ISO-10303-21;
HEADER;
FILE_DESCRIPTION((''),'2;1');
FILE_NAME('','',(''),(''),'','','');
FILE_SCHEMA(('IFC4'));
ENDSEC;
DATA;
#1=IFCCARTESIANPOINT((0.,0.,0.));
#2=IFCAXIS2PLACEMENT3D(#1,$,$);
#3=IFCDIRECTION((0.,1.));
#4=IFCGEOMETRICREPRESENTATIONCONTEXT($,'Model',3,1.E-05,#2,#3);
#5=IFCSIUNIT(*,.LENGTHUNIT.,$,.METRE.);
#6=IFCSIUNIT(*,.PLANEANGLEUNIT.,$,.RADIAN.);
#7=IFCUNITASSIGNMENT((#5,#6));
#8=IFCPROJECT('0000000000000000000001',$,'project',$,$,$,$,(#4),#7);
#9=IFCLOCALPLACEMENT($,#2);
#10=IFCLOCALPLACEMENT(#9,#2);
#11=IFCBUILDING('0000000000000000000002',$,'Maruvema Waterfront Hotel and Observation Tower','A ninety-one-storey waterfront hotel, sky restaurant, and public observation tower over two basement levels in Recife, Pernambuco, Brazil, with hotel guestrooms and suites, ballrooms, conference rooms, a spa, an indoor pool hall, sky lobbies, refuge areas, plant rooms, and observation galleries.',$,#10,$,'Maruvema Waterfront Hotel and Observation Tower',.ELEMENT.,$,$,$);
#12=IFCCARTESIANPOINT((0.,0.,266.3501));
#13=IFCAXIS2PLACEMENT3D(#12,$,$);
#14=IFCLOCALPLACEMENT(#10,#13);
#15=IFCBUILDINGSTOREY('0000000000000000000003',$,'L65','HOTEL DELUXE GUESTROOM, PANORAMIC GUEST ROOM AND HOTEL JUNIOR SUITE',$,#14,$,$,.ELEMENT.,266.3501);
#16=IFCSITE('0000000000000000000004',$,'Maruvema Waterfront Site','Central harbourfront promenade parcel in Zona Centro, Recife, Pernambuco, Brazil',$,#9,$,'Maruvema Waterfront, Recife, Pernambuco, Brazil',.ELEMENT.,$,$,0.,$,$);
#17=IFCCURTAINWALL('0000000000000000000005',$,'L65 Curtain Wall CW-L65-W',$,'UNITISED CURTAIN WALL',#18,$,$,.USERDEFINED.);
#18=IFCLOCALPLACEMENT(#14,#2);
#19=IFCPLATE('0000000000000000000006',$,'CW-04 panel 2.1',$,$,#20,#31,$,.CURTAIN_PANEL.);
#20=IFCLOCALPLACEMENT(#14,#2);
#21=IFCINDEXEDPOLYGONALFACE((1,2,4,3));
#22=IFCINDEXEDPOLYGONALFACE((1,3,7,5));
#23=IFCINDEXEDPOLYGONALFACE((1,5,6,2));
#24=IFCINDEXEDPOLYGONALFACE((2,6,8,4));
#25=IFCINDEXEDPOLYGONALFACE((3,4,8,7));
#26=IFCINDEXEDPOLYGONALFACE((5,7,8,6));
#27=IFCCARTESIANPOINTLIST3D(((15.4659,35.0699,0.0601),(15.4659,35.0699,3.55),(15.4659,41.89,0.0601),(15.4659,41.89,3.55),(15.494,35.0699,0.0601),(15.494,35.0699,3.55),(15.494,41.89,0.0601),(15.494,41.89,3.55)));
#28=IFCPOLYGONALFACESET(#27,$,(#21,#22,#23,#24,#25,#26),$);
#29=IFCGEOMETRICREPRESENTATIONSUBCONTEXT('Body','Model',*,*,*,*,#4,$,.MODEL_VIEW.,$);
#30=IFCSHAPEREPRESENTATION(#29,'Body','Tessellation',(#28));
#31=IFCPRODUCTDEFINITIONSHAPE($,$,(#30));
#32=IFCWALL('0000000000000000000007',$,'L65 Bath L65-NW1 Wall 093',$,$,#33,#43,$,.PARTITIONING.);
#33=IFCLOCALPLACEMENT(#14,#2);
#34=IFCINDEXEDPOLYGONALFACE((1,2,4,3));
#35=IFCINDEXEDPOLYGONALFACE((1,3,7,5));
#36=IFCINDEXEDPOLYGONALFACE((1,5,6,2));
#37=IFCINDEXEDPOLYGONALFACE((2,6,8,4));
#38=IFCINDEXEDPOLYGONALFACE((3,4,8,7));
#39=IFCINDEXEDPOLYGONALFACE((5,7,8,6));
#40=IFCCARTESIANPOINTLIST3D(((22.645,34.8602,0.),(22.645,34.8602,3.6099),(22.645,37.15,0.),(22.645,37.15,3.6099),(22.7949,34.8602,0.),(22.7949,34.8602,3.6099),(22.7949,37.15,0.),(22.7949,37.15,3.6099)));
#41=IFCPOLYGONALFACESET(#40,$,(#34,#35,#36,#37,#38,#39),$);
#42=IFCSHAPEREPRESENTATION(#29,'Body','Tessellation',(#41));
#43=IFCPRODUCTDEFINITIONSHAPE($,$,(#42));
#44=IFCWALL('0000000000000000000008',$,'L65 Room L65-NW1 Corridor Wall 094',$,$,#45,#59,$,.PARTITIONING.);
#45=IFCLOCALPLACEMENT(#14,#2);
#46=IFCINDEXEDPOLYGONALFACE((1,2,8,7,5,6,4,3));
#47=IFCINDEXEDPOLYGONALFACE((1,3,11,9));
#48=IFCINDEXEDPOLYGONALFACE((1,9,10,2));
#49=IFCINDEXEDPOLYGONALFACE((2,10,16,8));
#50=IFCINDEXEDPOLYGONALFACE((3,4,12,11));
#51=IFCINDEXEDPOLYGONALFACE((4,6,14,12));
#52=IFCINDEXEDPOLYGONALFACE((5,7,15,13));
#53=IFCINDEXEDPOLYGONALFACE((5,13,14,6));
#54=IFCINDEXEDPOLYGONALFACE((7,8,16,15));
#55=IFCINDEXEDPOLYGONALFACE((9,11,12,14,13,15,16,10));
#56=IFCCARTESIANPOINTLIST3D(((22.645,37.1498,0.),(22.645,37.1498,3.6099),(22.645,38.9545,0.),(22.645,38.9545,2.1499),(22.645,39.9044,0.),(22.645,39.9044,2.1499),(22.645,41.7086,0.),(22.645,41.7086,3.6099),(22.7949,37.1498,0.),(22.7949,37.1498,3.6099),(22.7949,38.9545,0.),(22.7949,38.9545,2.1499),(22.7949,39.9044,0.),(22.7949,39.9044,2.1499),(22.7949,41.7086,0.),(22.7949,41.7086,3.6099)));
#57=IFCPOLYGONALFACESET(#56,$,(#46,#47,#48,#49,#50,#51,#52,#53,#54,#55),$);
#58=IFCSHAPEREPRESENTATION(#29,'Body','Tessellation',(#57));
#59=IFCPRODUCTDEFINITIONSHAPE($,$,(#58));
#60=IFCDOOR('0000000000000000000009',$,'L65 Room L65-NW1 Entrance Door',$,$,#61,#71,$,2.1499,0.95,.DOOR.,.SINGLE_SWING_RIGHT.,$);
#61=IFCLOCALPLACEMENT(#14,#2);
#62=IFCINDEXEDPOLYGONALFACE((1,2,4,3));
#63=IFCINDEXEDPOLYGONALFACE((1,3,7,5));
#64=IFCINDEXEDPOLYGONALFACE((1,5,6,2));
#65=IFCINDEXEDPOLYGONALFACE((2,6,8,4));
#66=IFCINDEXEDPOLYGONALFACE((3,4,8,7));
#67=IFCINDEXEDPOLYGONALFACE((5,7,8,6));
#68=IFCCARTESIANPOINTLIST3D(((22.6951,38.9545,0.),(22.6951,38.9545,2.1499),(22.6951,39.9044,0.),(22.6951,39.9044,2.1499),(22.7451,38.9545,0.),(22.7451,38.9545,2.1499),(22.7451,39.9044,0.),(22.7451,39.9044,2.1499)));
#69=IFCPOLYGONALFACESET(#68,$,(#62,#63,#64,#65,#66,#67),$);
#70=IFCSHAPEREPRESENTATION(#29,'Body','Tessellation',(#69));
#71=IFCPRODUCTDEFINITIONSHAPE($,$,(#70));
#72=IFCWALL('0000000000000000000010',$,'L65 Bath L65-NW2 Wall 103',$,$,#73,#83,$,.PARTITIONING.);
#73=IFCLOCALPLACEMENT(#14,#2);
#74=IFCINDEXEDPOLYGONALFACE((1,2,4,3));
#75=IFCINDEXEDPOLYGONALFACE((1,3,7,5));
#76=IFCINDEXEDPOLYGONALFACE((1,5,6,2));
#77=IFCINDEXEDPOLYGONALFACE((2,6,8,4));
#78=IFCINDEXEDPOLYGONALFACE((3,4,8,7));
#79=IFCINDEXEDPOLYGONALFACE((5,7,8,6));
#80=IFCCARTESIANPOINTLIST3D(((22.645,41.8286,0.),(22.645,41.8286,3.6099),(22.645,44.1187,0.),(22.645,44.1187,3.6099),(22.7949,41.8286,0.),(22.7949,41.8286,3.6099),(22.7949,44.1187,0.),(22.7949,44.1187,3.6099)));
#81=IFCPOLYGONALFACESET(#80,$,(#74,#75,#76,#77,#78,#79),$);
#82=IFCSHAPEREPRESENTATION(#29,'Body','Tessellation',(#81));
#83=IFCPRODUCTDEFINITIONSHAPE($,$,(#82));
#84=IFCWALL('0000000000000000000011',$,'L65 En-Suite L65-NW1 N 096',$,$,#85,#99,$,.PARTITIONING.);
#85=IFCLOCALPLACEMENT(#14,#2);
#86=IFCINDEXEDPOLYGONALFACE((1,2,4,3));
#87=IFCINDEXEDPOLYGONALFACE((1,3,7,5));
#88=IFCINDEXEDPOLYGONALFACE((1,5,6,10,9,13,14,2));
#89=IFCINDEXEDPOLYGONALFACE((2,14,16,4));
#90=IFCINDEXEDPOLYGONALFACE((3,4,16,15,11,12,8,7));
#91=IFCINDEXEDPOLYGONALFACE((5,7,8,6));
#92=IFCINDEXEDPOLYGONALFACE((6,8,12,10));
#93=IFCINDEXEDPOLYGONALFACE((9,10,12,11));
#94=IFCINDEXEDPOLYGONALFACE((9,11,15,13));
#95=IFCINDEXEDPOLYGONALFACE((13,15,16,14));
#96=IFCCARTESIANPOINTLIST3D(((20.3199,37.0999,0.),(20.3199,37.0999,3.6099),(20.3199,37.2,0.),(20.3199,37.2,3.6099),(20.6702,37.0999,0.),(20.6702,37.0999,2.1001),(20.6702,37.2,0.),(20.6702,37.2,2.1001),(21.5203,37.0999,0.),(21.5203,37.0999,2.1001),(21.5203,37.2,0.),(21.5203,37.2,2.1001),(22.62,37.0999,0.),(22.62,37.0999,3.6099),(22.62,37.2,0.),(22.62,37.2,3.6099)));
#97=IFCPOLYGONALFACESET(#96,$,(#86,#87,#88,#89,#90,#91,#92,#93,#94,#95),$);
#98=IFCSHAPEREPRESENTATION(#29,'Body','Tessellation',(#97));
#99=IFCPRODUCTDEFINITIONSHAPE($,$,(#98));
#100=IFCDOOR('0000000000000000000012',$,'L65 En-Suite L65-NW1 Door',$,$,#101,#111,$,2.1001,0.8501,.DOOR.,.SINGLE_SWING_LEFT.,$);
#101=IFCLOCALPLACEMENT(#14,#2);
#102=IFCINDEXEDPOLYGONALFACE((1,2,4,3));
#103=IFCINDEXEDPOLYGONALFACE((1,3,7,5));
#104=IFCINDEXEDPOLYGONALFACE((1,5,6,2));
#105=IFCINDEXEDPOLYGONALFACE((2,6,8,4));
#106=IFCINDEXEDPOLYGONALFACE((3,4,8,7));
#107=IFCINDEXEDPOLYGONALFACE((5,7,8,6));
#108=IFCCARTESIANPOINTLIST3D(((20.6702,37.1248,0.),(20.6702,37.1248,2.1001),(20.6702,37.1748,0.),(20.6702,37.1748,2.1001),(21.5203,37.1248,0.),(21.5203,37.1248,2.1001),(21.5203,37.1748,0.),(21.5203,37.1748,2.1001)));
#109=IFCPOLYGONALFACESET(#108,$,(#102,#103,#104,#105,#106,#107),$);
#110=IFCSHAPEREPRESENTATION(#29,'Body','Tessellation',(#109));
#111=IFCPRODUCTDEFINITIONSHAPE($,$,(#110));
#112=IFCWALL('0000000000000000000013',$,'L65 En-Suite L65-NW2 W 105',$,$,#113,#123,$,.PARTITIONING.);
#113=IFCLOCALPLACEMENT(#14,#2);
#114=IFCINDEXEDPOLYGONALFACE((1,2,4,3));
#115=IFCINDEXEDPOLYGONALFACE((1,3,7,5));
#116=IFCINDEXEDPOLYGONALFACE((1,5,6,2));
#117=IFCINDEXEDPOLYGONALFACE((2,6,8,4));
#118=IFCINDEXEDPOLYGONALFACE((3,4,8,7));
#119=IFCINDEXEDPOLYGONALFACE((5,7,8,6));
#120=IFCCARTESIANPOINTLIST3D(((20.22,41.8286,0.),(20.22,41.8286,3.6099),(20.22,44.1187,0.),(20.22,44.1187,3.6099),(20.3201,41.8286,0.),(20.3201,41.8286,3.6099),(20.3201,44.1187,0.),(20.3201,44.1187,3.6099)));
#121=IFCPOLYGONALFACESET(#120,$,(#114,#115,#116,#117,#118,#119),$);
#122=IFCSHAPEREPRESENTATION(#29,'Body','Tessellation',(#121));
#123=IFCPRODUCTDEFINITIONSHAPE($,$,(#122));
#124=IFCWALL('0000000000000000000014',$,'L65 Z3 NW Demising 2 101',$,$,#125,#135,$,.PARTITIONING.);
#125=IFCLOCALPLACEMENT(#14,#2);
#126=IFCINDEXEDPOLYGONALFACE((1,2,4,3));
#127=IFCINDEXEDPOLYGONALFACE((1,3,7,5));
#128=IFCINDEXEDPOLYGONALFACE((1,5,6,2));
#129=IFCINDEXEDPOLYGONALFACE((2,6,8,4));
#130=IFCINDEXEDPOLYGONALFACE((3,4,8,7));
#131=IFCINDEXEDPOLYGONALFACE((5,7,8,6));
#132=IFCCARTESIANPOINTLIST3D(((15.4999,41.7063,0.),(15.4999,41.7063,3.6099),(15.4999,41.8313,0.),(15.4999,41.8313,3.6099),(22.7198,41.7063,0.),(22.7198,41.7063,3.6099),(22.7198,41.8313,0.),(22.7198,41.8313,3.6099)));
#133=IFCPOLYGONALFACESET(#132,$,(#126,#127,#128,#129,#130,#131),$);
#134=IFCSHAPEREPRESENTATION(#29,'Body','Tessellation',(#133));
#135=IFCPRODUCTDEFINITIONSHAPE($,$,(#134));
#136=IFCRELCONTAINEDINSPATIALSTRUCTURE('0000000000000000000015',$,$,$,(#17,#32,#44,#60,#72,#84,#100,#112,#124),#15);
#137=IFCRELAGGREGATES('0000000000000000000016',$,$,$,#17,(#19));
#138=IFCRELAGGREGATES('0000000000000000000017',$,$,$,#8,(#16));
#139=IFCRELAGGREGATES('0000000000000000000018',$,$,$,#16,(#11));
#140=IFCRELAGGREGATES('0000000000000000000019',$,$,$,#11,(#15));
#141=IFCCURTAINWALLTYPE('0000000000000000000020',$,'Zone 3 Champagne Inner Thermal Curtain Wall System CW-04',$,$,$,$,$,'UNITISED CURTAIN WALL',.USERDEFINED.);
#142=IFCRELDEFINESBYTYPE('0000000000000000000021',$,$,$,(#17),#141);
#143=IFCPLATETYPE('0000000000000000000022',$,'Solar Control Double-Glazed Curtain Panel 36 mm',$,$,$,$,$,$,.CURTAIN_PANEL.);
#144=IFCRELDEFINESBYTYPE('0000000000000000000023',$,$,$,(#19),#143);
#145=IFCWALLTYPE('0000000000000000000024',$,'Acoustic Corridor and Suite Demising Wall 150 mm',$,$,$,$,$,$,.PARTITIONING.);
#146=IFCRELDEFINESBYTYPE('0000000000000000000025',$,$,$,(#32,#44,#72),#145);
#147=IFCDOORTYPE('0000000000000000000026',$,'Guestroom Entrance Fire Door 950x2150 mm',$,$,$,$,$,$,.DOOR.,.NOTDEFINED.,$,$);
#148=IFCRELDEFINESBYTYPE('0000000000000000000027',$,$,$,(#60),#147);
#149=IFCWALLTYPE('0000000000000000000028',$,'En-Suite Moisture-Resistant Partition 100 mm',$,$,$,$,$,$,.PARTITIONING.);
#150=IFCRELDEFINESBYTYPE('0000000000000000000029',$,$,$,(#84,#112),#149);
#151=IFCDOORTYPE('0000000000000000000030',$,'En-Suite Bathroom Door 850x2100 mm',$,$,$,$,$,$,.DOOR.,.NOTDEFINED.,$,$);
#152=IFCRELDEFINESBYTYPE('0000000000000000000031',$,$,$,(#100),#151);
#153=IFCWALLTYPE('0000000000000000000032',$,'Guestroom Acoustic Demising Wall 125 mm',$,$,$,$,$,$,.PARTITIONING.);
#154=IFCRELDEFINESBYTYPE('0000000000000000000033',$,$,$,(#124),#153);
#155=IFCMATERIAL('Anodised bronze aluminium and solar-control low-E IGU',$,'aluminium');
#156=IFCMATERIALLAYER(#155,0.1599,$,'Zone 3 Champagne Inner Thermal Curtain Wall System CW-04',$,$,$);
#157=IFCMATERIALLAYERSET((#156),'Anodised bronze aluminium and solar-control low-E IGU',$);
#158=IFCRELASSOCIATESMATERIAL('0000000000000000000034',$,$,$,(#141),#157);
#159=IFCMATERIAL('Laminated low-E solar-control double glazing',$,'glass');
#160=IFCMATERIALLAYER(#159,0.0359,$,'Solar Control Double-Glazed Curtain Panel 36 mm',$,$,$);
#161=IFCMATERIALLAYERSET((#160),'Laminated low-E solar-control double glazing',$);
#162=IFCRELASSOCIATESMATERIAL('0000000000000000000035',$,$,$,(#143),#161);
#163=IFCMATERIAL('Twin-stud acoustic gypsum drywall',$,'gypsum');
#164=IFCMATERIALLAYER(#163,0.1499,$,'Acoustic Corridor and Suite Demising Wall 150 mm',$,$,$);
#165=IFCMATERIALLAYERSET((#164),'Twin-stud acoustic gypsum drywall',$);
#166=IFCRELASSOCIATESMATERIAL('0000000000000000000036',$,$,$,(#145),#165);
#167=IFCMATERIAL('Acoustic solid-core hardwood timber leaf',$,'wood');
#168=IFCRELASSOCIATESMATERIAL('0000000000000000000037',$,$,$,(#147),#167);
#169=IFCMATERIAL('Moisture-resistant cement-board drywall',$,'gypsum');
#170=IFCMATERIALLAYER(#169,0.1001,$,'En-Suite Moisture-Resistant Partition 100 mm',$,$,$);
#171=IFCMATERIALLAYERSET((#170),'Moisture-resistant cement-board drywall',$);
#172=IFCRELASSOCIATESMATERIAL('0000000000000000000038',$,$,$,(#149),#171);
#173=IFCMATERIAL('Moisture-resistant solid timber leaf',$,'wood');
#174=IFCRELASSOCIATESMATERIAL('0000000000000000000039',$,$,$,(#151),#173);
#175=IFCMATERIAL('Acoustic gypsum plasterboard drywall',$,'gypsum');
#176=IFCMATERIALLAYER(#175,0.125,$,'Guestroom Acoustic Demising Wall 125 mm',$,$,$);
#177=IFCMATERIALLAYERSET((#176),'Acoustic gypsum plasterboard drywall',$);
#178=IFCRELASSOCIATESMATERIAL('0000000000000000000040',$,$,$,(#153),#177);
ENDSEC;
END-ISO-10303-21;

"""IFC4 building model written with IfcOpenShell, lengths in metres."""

from ifc_helpers import new_model, si_unit, direction, frame, frame_2d, origin, origin_2d, place, context, subcontext, project, spatial, rectangle, extrude, material, layer, layer_set, type_object, element, fill, aggregate, save


model = new_model("IFC4")

# Units and contexts
model_context = context("Model", 3, precision=1e-05, world=origin(), true_north=direction((0.0, 1.0)))
body_context = subcontext(model_context, "Body", "Model", "MODEL_VIEW")
ifc_project = project(units=[si_unit("LENGTHUNIT", "METRE"), si_unit("PLANEANGLEUNIT", "RADIAN")], contexts=[model_context])

# Site, building, storey
site_placement = place(None, origin())
site = spatial("IfcSite", under=ifc_project, at=site_placement, Name="Maruvema Waterfront Site", Description="Central harbourfront promenade parcel in Zona Centro, Recife, Pernambuco, Brazil", LongName="Maruvema Waterfront, Recife, Pernambuco, Brazil", CompositionType="ELEMENT", RefElevation=0.0)
building_placement = place(site_placement, origin())
building = spatial("IfcBuilding", under=site, at=building_placement, Name="Maruvema Waterfront Hotel and Observation Tower", Description="A ninety-one-storey waterfront hotel, sky restaurant, and public observation tower over two basement levels in Recife, Pernambuco, Brazil, with hotel guestrooms and suites, ballrooms, conference rooms, a spa, an indoor pool hall, sky lobbies, refuge areas, plant rooms, and observation galleries.", LongName="Maruvema Waterfront Hotel and Observation Tower", CompositionType="ELEMENT")
storey_placement = place(building_placement, frame((0.0, 0.0, 266.3501)))
storey = spatial("IfcBuildingStorey", under=building, at=storey_placement, Name="L65", Description="HOTEL DELUXE GUESTROOM, PANORAMIC GUEST ROOM AND HOTEL JUNIOR SUITE", CompositionType="ELEMENT", Elevation=266.3501)

# Curtain wall
ifc_material_1 = material(Name="Anodised bronze aluminium and solar-control low-E IGU", Category="aluminium")
ifc_layer_1 = layer(ifc_material_1, 0.1599, Name="Zone 3 Champagne Inner Thermal Curtain Wall System CW-04")
ifc_layer_set_1 = layer_set([ifc_layer_1], Name="Anodised bronze aluminium and solar-control low-E IGU")
curtain_wall_type = type_object("IfcCurtainWallType", Name="Zone 3 Champagne Inner Thermal Curtain Wall System CW-04", ElementType="UNITISED CURTAIN WALL", PredefinedType="USERDEFINED", material=ifc_layer_set_1)
curtain_wall_placement = place(storey_placement, origin())
curtain_wall = element("IfcCurtainWall", 1, at=curtain_wall_placement, inside=storey, type_object=curtain_wall_type, Name="L65 Curtain Wall CW-L65-W", ObjectType="UNITISED CURTAIN WALL", PredefinedType="USERDEFINED")

# Plate
ifc_material_2 = material(Name="Laminated low-E solar-control double glazing", Category="glass")
ifc_layer_2 = layer(ifc_material_2, 0.0359, Name="Solar Control Double-Glazed Curtain Panel 36 mm")
ifc_layer_set_2 = layer_set([ifc_layer_2], Name="Laminated low-E solar-control double glazing")
plate_type = type_object("IfcPlateType", Name="Solar Control Double-Glazed Curtain Panel 36 mm", PredefinedType="CURTAIN_PANEL", material=ifc_layer_set_2)
plate_placement = place(storey_placement, frame((15.48, 38.48, 0.0601), z_axis=(0.0, 0.0, 1.0), x_axis=(0.0, -1.0, 0.0)))
plate = element("IfcPlate", 2, at=plate_placement, type_object=plate_type, Name="CW-04 panel 2.1", PredefinedType="CURTAIN_PANEL", context=body_context, shape_type="SweptSolid", body=[
    extrude(rectangle(XDim=6.8201, YDim=0.0281, at=origin_2d()), origin(), (0.0, 0.0, 1.0), 3.49),
])
aggregate(curtain_wall, [plate])

# Wall
ifc_material_3 = material(Name="Twin-stud acoustic gypsum drywall", Category="gypsum")
ifc_layer_3 = layer(ifc_material_3, 0.1499, Name="Acoustic Corridor and Suite Demising Wall 150 mm")
ifc_layer_set_3 = layer_set([ifc_layer_3], Name="Twin-stud acoustic gypsum drywall")
wall_type_1 = type_object("IfcWallType", Name="Acoustic Corridor and Suite Demising Wall 150 mm", PredefinedType="PARTITIONING", material=ifc_layer_set_3)
wall_1_placement = place(storey_placement, frame((22.72, 34.8601, 0.0), z_axis=(0.0, 0.0, 1.0), x_axis=(0.0, 1.0, 0.0)))
element("IfcWall", 3, at=wall_1_placement, inside=storey, type_object=wall_type_1, Name="L65 Bath L65-NW1 Wall 093", PredefinedType="PARTITIONING", context=body_context, shape_type="SweptSolid", body=[
    extrude(rectangle(XDim=2.2898, YDim=0.1499, at=frame_2d((1.145, 0.0))), origin(), (0.0, 0.0, 1.0), 3.6099),
])

# Wall, opening, door
wall_2_placement = place(storey_placement, frame((22.72, 37.1499, 0.0), z_axis=(0.0, 0.0, 1.0), x_axis=(0.0, 1.0, 0.0)))
wall_2 = element("IfcWall", 4, at=wall_2_placement, inside=storey, type_object=wall_type_1, Name="L65 Room L65-NW1 Corridor Wall 094", PredefinedType="PARTITIONING", context=body_context, shape_type="SweptSolid", body=[
    extrude(rectangle(XDim=4.5588, YDim=0.1499, at=frame_2d((2.2793, 0.0))), origin(), (0.0, 0.0, 1.0), 3.6099),
])
opening_1_placement = place(wall_2_placement, frame((1.8044, 0.0, 0.0)))
opening_1 = element("IfcOpeningElement", 5, at=opening_1_placement, cuts=wall_2, PredefinedType="OPENING", context=body_context, shape_type="SweptSolid", body=[
    extrude(rectangle(XDim=0.95, YDim=2.1499, at=frame_2d((0.4751, 1.075))), frame((0.0, 0.085, 0.0), z_axis=(0.0, -1.0, 0.0), x_axis=(1.0, 0.0, 0.0)), (0.0, 0.0, 1.0), 0.1699),
])
ifc_material_4 = material(Name="Acoustic solid-core hardwood timber leaf", Category="wood")
door_type_1 = type_object("IfcDoorType", Name="Guestroom Entrance Fire Door 950x2150 mm", OperationType="NOTDEFINED", PredefinedType="DOOR", material=ifc_material_4)
door_1_placement = place(opening_1_placement, origin())
door_1 = element("IfcDoor", 6, at=door_1_placement, inside=storey, type_object=door_type_1, Name="L65 Room L65-NW1 Entrance Door", OperationType="SINGLE_SWING_RIGHT", OverallHeight=2.1499, OverallWidth=0.95, PredefinedType="DOOR", context=body_context, shape_type="SweptSolid", body=[
    extrude(rectangle(XDim=0.95, YDim=2.1499, at=frame_2d((0.4751, 1.075))), frame((0.0, 0.0249, 0.0), z_axis=(0.0, -1.0, 0.0), x_axis=(1.0, 0.0, 0.0)), (0.0, 0.0, 1.0), 0.05),
])
fill(opening_1, door_1)

# Wall
wall_3_placement = place(storey_placement, frame((22.72, 41.8286, 0.0), z_axis=(0.0, 0.0, 1.0), x_axis=(0.0, 1.0, 0.0)))
element("IfcWall", 7, at=wall_3_placement, inside=storey, type_object=wall_type_1, Name="L65 Bath L65-NW2 Wall 103", PredefinedType="PARTITIONING", context=body_context, shape_type="SweptSolid", body=[
    extrude(rectangle(XDim=2.29, YDim=0.1499, at=frame_2d((1.145, 0.0))), origin(), (0.0, 0.0, 1.0), 3.6099),
])

# Wall, opening, door
ifc_material_5 = material(Name="Moisture-resistant cement-board drywall", Category="gypsum")
ifc_layer_4 = layer(ifc_material_5, 0.1001, Name="En-Suite Moisture-Resistant Partition 100 mm")
ifc_layer_set_4 = layer_set([ifc_layer_4], Name="Moisture-resistant cement-board drywall")
wall_type_2 = type_object("IfcWallType", Name="En-Suite Moisture-Resistant Partition 100 mm", PredefinedType="PARTITIONING", material=ifc_layer_set_4)
wall_4_placement = place(storey_placement, frame((20.3201, 37.1499, 0.0), z_axis=(0.0, 0.0, 1.0), x_axis=(1.0, 0.0, 0.0)))
wall_4 = element("IfcWall", 8, at=wall_4_placement, inside=storey, type_object=wall_type_2, Name="L65 En-Suite L65-NW1 N 096", PredefinedType="PARTITIONING", context=body_context, shape_type="SweptSolid", body=[
    extrude(rectangle(XDim=2.3, YDim=0.1001, at=frame_2d((1.1499, 0.0))), origin(), (0.0, 0.0, 1.0), 3.6099),
])
opening_2_placement = place(wall_4_placement, frame((0.3501, 0.0, 0.0)))
opening_2 = element("IfcOpeningElement", 9, at=opening_2_placement, cuts=wall_4, PredefinedType="OPENING", context=body_context, shape_type="SweptSolid", body=[
    extrude(rectangle(XDim=0.8501, YDim=2.1001, at=frame_2d((0.425, 1.05))), frame((0.0, 0.0601, 0.0), z_axis=(0.0, -1.0, 0.0), x_axis=(1.0, 0.0, 0.0)), (0.0, 0.0, 1.0), 0.1201),
])
ifc_material_6 = material(Name="Moisture-resistant solid timber leaf", Category="wood")
door_type_2 = type_object("IfcDoorType", Name="En-Suite Bathroom Door 850x2100 mm", OperationType="NOTDEFINED", PredefinedType="DOOR", material=ifc_material_6)
door_2_placement = place(opening_2_placement, origin())
door_2 = element("IfcDoor", 10, at=door_2_placement, inside=storey, type_object=door_type_2, Name="L65 En-Suite L65-NW1 Door", OperationType="SINGLE_SWING_LEFT", OverallHeight=2.1001, OverallWidth=0.8501, PredefinedType="DOOR", context=body_context, shape_type="SweptSolid", body=[
    extrude(rectangle(XDim=0.8501, YDim=2.1001, at=frame_2d((0.425, 1.05))), frame((0.0, 0.0249, 0.0), z_axis=(0.0, -1.0, 0.0), x_axis=(1.0, 0.0, 0.0)), (0.0, 0.0, 1.0), 0.05),
])
fill(opening_2, door_2)

# Walls
wall_5_placement = place(storey_placement, frame((20.27, 41.8286, 0.0), z_axis=(0.0, 0.0, 1.0), x_axis=(0.0, 1.0, 0.0)))
element("IfcWall", 11, at=wall_5_placement, inside=storey, type_object=wall_type_2, Name="L65 En-Suite L65-NW2 W 105", PredefinedType="PARTITIONING", context=body_context, shape_type="SweptSolid", body=[
    extrude(rectangle(XDim=2.29, YDim=0.1001, at=frame_2d((1.145, 0.0))), origin(), (0.0, 0.0, 1.0), 3.6099),
])
ifc_material_7 = material(Name="Acoustic gypsum plasterboard drywall", Category="gypsum")
ifc_layer_5 = layer(ifc_material_7, 0.125, Name="Guestroom Acoustic Demising Wall 125 mm")
ifc_layer_set_5 = layer_set([ifc_layer_5], Name="Acoustic gypsum plasterboard drywall")
wall_type_3 = type_object("IfcWallType", Name="Guestroom Acoustic Demising Wall 125 mm", PredefinedType="PARTITIONING", material=ifc_layer_set_5)
wall_6_placement = place(storey_placement, frame((15.5, 41.7688, 0.0), z_axis=(0.0, 0.0, 1.0), x_axis=(1.0, 0.0, 0.0)))
element("IfcWall", 12, at=wall_6_placement, inside=storey, type_object=wall_type_3, Name="L65 Z3 NW Demising 2 101", PredefinedType="PARTITIONING", context=body_context, shape_type="SweptSolid", body=[
    extrude(rectangle(XDim=7.22, YDim=0.125, at=frame_2d((3.6099, 0.0))), origin(), (0.0, 0.0, 1.0), 3.6099),
])

save(model, "model.ifc")
